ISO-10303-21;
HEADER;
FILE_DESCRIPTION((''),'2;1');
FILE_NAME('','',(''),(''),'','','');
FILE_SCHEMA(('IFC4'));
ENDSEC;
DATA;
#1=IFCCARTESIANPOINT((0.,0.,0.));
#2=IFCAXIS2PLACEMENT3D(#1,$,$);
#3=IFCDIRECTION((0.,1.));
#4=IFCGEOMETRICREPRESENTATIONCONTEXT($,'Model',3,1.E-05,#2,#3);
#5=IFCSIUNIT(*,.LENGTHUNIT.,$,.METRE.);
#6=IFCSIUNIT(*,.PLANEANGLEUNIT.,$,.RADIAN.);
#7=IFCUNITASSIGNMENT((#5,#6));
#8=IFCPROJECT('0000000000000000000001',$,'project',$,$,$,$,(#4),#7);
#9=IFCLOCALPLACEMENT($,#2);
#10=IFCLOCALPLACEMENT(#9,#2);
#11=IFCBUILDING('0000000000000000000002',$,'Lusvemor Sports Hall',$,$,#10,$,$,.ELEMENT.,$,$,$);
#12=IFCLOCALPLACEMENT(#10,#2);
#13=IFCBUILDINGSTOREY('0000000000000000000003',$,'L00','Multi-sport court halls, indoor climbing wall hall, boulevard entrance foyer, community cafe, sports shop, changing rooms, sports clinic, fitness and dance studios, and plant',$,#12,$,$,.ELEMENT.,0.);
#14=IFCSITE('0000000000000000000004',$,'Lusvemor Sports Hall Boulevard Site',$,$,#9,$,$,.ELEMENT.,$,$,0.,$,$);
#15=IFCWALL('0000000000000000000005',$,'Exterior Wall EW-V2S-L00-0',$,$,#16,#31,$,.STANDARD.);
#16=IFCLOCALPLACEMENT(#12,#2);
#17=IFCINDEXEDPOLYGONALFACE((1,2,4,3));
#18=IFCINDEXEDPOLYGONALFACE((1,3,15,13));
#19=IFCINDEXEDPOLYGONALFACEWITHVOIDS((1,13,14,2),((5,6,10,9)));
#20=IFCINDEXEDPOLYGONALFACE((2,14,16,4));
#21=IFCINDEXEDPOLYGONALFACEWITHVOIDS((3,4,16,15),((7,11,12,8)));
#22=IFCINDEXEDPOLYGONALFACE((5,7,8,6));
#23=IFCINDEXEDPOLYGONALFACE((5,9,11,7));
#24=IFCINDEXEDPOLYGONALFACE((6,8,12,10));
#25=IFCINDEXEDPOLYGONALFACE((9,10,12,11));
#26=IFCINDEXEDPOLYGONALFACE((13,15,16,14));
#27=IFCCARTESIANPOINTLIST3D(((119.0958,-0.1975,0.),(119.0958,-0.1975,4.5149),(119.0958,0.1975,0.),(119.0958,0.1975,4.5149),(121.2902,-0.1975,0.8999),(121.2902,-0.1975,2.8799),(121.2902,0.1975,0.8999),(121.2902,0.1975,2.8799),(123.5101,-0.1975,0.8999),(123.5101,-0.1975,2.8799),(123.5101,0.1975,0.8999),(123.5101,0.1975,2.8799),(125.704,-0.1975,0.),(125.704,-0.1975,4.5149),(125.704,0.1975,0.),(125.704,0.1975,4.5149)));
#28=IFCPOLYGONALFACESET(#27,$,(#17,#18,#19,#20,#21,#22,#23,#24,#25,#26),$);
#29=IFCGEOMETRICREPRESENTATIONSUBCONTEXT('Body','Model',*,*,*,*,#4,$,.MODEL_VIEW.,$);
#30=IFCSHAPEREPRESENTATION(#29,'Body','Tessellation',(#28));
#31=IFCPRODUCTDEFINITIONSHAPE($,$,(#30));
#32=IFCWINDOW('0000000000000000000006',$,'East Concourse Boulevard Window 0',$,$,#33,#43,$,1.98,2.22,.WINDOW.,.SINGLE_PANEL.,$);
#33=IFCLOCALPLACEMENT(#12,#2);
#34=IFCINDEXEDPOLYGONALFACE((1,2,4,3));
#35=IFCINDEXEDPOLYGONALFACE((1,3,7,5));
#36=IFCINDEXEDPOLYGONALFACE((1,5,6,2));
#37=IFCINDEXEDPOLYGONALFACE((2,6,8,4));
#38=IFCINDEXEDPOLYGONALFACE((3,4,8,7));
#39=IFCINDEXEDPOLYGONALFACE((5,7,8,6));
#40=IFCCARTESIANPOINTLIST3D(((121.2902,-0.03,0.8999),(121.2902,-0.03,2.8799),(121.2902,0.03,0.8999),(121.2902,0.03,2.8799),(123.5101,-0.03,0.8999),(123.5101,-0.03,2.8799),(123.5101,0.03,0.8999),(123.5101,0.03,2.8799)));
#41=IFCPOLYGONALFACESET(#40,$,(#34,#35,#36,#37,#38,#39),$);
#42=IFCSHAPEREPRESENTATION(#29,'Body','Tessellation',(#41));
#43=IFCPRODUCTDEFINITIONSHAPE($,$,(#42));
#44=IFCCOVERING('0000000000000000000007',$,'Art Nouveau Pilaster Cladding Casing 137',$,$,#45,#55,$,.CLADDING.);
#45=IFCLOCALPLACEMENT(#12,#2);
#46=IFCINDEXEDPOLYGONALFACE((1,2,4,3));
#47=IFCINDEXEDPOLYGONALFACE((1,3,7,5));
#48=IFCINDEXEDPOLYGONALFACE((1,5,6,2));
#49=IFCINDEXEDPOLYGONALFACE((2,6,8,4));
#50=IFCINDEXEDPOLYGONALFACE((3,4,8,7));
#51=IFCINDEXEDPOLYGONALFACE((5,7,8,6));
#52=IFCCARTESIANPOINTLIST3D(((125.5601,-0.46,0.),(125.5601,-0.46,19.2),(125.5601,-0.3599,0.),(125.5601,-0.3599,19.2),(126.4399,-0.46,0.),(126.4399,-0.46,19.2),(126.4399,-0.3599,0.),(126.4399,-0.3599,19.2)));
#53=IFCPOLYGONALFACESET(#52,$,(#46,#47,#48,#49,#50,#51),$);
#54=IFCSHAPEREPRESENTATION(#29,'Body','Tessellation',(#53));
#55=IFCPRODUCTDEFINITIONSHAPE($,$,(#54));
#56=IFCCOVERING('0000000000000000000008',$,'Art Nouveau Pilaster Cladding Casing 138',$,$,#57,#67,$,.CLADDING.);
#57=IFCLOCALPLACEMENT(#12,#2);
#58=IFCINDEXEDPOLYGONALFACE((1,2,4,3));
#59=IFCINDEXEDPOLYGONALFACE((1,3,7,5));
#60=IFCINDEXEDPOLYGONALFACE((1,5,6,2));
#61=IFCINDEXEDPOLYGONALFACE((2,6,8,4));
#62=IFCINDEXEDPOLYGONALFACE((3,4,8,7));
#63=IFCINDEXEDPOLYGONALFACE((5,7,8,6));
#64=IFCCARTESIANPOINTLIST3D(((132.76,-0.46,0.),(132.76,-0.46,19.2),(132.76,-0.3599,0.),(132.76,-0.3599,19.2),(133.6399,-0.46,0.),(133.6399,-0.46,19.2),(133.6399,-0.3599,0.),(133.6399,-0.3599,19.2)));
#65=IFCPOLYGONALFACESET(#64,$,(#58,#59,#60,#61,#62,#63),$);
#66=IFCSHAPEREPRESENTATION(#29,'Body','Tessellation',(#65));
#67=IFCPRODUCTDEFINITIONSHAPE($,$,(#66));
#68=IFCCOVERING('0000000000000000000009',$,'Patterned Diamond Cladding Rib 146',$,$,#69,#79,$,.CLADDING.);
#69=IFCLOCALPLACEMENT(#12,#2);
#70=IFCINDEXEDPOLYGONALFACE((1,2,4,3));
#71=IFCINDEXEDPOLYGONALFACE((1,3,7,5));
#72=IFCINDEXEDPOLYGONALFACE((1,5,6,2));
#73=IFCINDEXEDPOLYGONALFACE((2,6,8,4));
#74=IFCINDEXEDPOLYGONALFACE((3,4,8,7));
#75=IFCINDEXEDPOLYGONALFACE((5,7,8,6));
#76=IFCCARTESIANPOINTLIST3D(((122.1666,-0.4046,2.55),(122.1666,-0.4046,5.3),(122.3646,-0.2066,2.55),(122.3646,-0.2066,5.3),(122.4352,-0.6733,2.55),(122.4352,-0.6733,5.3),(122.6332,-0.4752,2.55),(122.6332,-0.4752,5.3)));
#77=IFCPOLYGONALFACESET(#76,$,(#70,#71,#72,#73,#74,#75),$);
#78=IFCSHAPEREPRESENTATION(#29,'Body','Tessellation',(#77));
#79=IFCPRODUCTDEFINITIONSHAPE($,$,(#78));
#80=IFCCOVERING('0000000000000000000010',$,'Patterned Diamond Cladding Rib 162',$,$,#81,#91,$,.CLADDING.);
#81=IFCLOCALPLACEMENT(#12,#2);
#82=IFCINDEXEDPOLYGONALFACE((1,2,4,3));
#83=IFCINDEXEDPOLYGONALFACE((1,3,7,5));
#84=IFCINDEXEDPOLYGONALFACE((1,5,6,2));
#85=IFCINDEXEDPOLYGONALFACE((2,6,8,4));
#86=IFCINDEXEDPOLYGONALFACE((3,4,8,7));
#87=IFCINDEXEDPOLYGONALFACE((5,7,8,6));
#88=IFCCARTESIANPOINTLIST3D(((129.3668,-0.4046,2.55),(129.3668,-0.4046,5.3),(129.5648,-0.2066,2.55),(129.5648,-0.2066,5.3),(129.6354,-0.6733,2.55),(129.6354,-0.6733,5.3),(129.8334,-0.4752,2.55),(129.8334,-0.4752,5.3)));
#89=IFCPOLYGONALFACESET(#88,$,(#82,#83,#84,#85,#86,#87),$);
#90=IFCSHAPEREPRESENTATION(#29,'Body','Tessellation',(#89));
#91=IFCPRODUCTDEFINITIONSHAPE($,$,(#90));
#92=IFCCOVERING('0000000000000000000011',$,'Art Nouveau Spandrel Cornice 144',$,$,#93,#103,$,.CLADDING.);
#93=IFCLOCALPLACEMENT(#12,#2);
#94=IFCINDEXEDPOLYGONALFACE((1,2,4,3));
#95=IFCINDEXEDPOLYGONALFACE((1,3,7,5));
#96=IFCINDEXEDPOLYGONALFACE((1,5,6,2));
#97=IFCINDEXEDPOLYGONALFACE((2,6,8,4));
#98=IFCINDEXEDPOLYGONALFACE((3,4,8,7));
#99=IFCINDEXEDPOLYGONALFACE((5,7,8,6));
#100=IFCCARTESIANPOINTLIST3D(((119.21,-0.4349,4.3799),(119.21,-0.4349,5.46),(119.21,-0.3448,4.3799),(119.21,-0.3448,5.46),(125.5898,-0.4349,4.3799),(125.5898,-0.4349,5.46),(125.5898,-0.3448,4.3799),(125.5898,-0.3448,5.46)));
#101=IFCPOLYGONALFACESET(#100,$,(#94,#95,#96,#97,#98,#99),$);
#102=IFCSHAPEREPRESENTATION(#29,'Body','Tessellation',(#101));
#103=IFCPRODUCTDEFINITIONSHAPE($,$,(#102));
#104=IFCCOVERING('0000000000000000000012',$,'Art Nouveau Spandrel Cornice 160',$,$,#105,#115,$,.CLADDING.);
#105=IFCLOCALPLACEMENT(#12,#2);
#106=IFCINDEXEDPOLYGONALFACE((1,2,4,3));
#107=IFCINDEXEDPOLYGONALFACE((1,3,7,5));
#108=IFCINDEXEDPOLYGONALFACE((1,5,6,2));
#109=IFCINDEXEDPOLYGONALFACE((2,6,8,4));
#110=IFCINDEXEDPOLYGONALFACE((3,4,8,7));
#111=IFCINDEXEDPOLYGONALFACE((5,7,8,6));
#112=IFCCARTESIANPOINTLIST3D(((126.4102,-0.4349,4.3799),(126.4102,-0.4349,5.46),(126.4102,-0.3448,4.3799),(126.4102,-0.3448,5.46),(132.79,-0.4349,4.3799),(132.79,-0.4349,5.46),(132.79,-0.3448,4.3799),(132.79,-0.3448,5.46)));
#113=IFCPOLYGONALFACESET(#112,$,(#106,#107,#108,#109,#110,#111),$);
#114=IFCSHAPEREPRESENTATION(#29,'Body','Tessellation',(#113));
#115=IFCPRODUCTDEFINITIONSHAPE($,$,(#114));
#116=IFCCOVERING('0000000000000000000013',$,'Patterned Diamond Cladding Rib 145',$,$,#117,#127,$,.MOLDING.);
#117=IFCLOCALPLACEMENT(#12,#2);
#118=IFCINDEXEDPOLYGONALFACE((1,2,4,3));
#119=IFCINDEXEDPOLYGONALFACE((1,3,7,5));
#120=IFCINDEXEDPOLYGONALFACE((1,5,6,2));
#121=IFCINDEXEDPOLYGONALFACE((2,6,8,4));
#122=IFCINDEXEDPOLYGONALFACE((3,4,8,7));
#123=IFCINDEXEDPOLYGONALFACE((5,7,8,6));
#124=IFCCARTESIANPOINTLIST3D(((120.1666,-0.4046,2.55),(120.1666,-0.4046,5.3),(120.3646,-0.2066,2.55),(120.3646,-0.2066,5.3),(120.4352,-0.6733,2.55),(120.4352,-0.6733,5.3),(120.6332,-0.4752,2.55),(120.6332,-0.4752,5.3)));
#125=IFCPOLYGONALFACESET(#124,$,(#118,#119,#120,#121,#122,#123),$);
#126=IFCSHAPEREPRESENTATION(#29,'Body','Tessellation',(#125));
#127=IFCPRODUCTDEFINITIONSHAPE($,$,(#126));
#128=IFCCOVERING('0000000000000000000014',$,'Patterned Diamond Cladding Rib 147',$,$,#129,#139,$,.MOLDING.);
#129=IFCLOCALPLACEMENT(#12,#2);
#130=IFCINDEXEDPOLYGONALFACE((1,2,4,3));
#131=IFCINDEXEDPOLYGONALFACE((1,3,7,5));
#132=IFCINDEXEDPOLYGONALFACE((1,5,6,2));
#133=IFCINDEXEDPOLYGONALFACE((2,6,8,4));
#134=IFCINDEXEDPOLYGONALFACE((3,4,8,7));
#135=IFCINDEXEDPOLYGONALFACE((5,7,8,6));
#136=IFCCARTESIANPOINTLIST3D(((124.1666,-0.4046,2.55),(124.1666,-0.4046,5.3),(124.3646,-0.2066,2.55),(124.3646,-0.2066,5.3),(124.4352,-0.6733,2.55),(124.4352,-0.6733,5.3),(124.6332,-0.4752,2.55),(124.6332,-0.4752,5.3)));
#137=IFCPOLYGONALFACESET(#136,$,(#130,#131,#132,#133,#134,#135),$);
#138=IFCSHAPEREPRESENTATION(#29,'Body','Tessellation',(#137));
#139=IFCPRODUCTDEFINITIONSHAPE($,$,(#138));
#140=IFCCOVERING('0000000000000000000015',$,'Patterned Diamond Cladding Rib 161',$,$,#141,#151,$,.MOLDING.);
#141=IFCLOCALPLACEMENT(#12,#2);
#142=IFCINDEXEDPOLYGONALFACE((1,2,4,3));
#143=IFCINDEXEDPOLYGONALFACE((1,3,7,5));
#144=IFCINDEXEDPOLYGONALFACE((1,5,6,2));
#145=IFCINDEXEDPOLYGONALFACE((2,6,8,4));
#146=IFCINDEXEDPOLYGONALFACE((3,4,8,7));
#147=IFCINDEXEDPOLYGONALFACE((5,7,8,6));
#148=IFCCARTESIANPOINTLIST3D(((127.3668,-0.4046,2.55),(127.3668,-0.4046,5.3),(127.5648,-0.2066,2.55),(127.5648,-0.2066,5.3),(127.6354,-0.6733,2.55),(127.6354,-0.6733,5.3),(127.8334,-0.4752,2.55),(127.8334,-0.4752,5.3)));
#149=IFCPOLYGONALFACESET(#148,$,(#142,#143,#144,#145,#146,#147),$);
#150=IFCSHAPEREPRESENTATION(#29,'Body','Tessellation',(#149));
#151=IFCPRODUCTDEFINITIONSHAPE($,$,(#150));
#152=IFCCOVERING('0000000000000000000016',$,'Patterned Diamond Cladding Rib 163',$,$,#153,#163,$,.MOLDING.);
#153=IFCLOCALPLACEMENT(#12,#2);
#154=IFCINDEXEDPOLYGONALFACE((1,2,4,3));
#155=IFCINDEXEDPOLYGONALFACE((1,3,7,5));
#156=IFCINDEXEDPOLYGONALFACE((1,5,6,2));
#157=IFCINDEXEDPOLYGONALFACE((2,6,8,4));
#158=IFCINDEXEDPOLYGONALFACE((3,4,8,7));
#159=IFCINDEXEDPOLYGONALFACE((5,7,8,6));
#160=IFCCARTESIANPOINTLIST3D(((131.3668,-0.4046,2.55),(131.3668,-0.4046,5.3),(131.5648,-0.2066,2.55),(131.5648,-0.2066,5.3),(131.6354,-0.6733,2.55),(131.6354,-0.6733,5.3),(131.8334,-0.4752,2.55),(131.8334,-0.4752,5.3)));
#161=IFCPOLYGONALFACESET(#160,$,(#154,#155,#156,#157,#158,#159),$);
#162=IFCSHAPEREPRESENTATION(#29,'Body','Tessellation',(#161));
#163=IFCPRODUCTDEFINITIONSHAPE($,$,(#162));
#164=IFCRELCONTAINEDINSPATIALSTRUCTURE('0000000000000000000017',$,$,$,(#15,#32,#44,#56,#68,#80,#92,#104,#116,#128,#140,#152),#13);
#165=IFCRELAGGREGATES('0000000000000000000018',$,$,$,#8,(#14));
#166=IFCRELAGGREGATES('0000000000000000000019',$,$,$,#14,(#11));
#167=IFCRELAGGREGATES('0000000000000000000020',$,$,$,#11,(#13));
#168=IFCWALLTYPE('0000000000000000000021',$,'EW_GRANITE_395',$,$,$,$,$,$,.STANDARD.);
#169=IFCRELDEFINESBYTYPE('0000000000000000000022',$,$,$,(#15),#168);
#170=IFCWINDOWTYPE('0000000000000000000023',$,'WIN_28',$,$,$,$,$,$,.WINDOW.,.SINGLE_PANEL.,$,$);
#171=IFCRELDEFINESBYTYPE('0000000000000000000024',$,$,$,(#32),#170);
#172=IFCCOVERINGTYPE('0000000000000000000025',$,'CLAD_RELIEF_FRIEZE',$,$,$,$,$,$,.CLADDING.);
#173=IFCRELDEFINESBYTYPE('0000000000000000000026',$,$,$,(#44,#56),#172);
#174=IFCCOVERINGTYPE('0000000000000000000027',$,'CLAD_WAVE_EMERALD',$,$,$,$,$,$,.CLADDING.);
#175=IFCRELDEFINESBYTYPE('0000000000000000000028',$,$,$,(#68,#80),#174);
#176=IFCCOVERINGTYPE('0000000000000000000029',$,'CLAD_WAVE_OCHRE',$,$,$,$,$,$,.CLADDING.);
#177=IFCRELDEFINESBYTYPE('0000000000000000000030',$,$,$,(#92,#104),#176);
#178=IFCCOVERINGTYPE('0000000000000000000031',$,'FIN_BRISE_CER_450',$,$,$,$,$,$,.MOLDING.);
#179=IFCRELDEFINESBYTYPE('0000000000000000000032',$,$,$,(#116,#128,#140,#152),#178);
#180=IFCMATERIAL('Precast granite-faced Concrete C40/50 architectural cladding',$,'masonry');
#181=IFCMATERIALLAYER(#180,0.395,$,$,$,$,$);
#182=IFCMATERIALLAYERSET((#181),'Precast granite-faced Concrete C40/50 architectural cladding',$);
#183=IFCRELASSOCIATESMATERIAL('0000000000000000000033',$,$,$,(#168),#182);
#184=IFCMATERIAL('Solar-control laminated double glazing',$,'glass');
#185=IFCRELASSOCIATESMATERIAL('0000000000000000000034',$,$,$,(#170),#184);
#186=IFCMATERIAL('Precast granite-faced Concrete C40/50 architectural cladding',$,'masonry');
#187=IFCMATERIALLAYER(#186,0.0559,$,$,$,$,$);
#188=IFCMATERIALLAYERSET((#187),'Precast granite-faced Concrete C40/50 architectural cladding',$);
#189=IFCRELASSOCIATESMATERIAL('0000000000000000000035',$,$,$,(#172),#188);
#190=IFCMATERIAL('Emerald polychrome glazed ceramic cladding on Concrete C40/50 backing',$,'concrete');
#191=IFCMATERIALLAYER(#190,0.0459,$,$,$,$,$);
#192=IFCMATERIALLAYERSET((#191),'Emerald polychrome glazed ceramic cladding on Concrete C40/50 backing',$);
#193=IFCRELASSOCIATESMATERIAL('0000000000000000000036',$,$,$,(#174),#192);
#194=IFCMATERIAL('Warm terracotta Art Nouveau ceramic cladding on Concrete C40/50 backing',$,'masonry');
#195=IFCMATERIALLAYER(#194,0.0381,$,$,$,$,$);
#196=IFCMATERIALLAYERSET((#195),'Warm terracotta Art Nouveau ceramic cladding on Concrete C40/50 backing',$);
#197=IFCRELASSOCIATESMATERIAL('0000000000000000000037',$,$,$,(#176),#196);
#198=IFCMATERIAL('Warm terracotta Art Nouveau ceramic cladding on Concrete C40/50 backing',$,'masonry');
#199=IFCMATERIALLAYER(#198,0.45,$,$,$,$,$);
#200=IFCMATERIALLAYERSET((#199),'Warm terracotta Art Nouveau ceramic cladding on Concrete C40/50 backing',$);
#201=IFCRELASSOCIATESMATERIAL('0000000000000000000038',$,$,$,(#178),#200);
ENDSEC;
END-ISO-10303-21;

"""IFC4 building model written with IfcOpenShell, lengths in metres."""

from ifc_helpers import new_model, si_unit, direction, frame, frame_2d, origin, origin_2d, place, context, subcontext, project, spatial, rectangle, extrude, material, layer, layer_set, type_object, element, fill, save


model = new_model("IFC4")

# Units and contexts
model_context = context("Model", 3, precision=1e-05, world=origin(), true_north=direction((0.0, 1.0)))
body_context = subcontext(model_context, "Body", "Model", "MODEL_VIEW")
ifc_project = project(units=[si_unit("LENGTHUNIT", "METRE"), si_unit("PLANEANGLEUNIT", "RADIAN")], contexts=[model_context])

# Site, building, storey
site_placement = place(None, origin())
site = spatial("IfcSite", under=ifc_project, at=site_placement, Name="Lusvemor Sports Hall Boulevard Site", CompositionType="ELEMENT", RefElevation=0.0)
building_placement = place(site_placement, origin())
building = spatial("IfcBuilding", under=site, at=building_placement, Name="Lusvemor Sports Hall", CompositionType="ELEMENT")
storey_placement = place(building_placement, origin())
storey = spatial("IfcBuildingStorey", under=building, at=storey_placement, Name="L00", Description="Multi-sport court halls, indoor climbing wall hall, boulevard entrance foyer, community cafe, sports shop, changing rooms, sports clinic, fitness and dance studios, and plant", CompositionType="ELEMENT", Elevation=0.0)

# Wall, opening, window
ifc_material_1 = material(Name="Precast granite-faced Concrete C40/50 architectural cladding", Category="masonry")
ifc_layer_1 = layer(ifc_material_1, 0.395)
ifc_layer_set_1 = layer_set([ifc_layer_1], Name="Precast granite-faced Concrete C40/50 architectural cladding")
wall_type = type_object("IfcWallType", Name="EW_GRANITE_395", PredefinedType="STANDARD", material=ifc_layer_set_1)
wall_1_placement = place(storey_placement, frame((125.7041, 0.0, 0.0), z_axis=(0.0, 0.0, 1.0), x_axis=(-1.0, 0.0, 0.0)))
wall_1 = element("IfcWall", 1, at=wall_1_placement, inside=storey, type_object=wall_type, Name="Exterior Wall EW-V2S-L00-0", PredefinedType="STANDARD", context=body_context, shape_type="SweptSolid", body=[
    extrude(rectangle(XDim=6.6082, YDim=0.395, at=frame_2d((3.3042, 0.0))), origin(), (0.0, 0.0, 1.0), 4.5149),
])
opening_1_placement = place(wall_1_placement, frame((2.1941, 0.0, 0.8999)))
opening_1 = element("IfcOpeningElement", 2, at=opening_1_placement, cuts=wall_1, PredefinedType="OPENING", context=body_context, shape_type="SweptSolid", body=[
    extrude(rectangle(XDim=2.22, YDim=1.98, at=frame_2d((1.1099, 0.99))), frame((0.0, 0.1975, 0.0), z_axis=(0.0, -1.0, 0.0), x_axis=(1.0, 0.0, 0.0)), (0.0, 0.0, 1.0), 0.395),
])
ifc_material_2 = material(Name="Solar-control laminated double glazing", Category="glass")
window_type = type_object("IfcWindowType", Name="WIN_28", PartitioningType="SINGLE_PANEL", PredefinedType="WINDOW", material=ifc_material_2)
window_placement = place(opening_1_placement, origin())
window = element("IfcWindow", 3, at=window_placement, inside=storey, type_object=window_type, Name="East Concourse Boulevard Window 0", OverallHeight=1.98, OverallWidth=2.22, PartitioningType="SINGLE_PANEL", PredefinedType="WINDOW", context=body_context, shape_type="SweptSolid", body=[
    extrude(rectangle(XDim=2.22, YDim=1.98, at=frame_2d((1.1099, 0.99))), frame((0.0, 0.03, 0.0), z_axis=(0.0, -1.0, 0.0), x_axis=(1.0, 0.0, 0.0)), (0.0, 0.0, 1.0), 0.0601),
])
fill(opening_1, window)

# Coverings
ifc_material_3 = material(Name="Precast granite-faced Concrete C40/50 architectural cladding", Category="masonry")
ifc_layer_2 = layer(ifc_material_3, 0.0559)
ifc_layer_set_2 = layer_set([ifc_layer_2], Name="Precast granite-faced Concrete C40/50 architectural cladding")
covering_type_1 = type_object("IfcCoveringType", Name="CLAD_RELIEF_FRIEZE", PredefinedType="CLADDING", material=ifc_layer_set_2)
for number, where, z_axis, x_axis, name in (
    (4, (126.0, -0.4099, 0.0), (0.0, 0.0, 1.0), (1.0, 0.0, 0.0), "Art Nouveau Pilaster Cladding Casing 137"),
    (5, (133.2, -0.4099, 0.0), (0.0, 0.0, 1.0), (1.0, 0.0, 0.0), "Art Nouveau Pilaster Cladding Casing 138"),
):
    element("IfcCovering", number, at=place(storey_placement, frame(where, z_axis=z_axis, x_axis=x_axis)), inside=storey, type_object=covering_type_1, Name=name, PredefinedType="CLADDING", context=body_context, shape_type="SweptSolid", body=[
        extrude(rectangle(XDim=0.8799, YDim=0.1001, at=origin_2d()), origin(), (0.0, 0.0, 1.0), 19.2),
    ])
ifc_material_4 = material(Name="Emerald polychrome glazed ceramic cladding on Concrete C40/50 backing", Category="concrete")
ifc_layer_3 = layer(ifc_material_4, 0.0459)
ifc_layer_set_3 = layer_set([ifc_layer_3], Name="Emerald polychrome glazed ceramic cladding on Concrete C40/50 backing")
covering_type_2 = type_object("IfcCoveringType", Name="CLAD_WAVE_EMERALD", PredefinedType="CLADDING", material=ifc_layer_set_3)
for number, where, z_axis, x_axis, name in (
    (6, (122.3999, -0.4399, 2.55), (0.0, 0.0, 1.0), (0.707107, 0.707107, 0.0), "Patterned Diamond Cladding Rib 146"),
    (7, (129.6001, -0.4399, 2.55), (0.0, 0.0, 1.0), (0.707107, 0.707107, 0.0), "Patterned Diamond Cladding Rib 162"),
):
    element("IfcCovering", number, at=place(storey_placement, frame(where, z_axis=z_axis, x_axis=x_axis)), inside=storey, type_object=covering_type_2, Name=name, PredefinedType="CLADDING", context=body_context, shape_type="SweptSolid", body=[
        extrude(rectangle(XDim=0.28, YDim=0.3799, at=origin_2d()), origin(), (0.0, 0.0, 1.0), 2.75),
    ])
ifc_material_5 = material(Name="Warm terracotta Art Nouveau ceramic cladding on Concrete C40/50 backing", Category="masonry")
ifc_layer_4 = layer(ifc_material_5, 0.0381)
ifc_layer_set_4 = layer_set([ifc_layer_4], Name="Warm terracotta Art Nouveau ceramic cladding on Concrete C40/50 backing")
covering_type_3 = type_object("IfcCoveringType", Name="CLAD_WAVE_OCHRE", PredefinedType="CLADDING", material=ifc_layer_set_4)
for number, where, z_axis, x_axis, name in (
    (8, (122.3999, -0.3899, 4.3799), (0.0, 0.0, 1.0), (1.0, 0.0, 0.0), "Art Nouveau Spandrel Cornice 144"),
    (9, (129.6001, -0.3899, 4.3799), (0.0, 0.0, 1.0), (1.0, 0.0, 0.0), "Art Nouveau Spandrel Cornice 160"),
):
    element("IfcCovering", number, at=place(storey_placement, frame(where, z_axis=z_axis, x_axis=x_axis)), inside=storey, type_object=covering_type_3, Name=name, PredefinedType="CLADDING", context=body_context, shape_type="SweptSolid", body=[
        extrude(rectangle(XDim=6.3799, YDim=0.0901, at=origin_2d()), origin(), (0.0, 0.0, 1.0), 1.0801),
    ])
ifc_material_6 = material(Name="Warm terracotta Art Nouveau ceramic cladding on Concrete C40/50 backing", Category="masonry")
ifc_layer_5 = layer(ifc_material_6, 0.45)
ifc_layer_set_5 = layer_set([ifc_layer_5], Name="Warm terracotta Art Nouveau ceramic cladding on Concrete C40/50 backing")
covering_type_4 = type_object("IfcCoveringType", Name="FIN_BRISE_CER_450", PredefinedType="MOLDING", material=ifc_layer_set_5)
for number, where, z_axis, x_axis, name in (
    (10, (120.3999, -0.4399, 2.55), (0.0, 0.0, 1.0), (0.707107, 0.707107, 0.0), "Patterned Diamond Cladding Rib 145"),
    (11, (124.3999, -0.4399, 2.55), (0.0, 0.0, 1.0), (0.707107, 0.707107, 0.0), "Patterned Diamond Cladding Rib 147"),
    (12, (127.6001, -0.4399, 2.55), (0.0, 0.0, 1.0), (0.707107, 0.707107, 0.0), "Patterned Diamond Cladding Rib 161"),
    (13, (131.6001, -0.4399, 2.55), (0.0, 0.0, 1.0), (0.707107, 0.707107, 0.0), "Patterned Diamond Cladding Rib 163"),
):
    element("IfcCovering", number, at=place(storey_placement, frame(where, z_axis=z_axis, x_axis=x_axis)), inside=storey, type_object=covering_type_4, Name=name, PredefinedType="MOLDING", context=body_context, shape_type="SweptSolid", body=[
        extrude(rectangle(XDim=0.28, YDim=0.3799, at=origin_2d()), origin(), (0.0, 0.0, 1.0), 2.75),
    ])

save(model, "model.ifc")
